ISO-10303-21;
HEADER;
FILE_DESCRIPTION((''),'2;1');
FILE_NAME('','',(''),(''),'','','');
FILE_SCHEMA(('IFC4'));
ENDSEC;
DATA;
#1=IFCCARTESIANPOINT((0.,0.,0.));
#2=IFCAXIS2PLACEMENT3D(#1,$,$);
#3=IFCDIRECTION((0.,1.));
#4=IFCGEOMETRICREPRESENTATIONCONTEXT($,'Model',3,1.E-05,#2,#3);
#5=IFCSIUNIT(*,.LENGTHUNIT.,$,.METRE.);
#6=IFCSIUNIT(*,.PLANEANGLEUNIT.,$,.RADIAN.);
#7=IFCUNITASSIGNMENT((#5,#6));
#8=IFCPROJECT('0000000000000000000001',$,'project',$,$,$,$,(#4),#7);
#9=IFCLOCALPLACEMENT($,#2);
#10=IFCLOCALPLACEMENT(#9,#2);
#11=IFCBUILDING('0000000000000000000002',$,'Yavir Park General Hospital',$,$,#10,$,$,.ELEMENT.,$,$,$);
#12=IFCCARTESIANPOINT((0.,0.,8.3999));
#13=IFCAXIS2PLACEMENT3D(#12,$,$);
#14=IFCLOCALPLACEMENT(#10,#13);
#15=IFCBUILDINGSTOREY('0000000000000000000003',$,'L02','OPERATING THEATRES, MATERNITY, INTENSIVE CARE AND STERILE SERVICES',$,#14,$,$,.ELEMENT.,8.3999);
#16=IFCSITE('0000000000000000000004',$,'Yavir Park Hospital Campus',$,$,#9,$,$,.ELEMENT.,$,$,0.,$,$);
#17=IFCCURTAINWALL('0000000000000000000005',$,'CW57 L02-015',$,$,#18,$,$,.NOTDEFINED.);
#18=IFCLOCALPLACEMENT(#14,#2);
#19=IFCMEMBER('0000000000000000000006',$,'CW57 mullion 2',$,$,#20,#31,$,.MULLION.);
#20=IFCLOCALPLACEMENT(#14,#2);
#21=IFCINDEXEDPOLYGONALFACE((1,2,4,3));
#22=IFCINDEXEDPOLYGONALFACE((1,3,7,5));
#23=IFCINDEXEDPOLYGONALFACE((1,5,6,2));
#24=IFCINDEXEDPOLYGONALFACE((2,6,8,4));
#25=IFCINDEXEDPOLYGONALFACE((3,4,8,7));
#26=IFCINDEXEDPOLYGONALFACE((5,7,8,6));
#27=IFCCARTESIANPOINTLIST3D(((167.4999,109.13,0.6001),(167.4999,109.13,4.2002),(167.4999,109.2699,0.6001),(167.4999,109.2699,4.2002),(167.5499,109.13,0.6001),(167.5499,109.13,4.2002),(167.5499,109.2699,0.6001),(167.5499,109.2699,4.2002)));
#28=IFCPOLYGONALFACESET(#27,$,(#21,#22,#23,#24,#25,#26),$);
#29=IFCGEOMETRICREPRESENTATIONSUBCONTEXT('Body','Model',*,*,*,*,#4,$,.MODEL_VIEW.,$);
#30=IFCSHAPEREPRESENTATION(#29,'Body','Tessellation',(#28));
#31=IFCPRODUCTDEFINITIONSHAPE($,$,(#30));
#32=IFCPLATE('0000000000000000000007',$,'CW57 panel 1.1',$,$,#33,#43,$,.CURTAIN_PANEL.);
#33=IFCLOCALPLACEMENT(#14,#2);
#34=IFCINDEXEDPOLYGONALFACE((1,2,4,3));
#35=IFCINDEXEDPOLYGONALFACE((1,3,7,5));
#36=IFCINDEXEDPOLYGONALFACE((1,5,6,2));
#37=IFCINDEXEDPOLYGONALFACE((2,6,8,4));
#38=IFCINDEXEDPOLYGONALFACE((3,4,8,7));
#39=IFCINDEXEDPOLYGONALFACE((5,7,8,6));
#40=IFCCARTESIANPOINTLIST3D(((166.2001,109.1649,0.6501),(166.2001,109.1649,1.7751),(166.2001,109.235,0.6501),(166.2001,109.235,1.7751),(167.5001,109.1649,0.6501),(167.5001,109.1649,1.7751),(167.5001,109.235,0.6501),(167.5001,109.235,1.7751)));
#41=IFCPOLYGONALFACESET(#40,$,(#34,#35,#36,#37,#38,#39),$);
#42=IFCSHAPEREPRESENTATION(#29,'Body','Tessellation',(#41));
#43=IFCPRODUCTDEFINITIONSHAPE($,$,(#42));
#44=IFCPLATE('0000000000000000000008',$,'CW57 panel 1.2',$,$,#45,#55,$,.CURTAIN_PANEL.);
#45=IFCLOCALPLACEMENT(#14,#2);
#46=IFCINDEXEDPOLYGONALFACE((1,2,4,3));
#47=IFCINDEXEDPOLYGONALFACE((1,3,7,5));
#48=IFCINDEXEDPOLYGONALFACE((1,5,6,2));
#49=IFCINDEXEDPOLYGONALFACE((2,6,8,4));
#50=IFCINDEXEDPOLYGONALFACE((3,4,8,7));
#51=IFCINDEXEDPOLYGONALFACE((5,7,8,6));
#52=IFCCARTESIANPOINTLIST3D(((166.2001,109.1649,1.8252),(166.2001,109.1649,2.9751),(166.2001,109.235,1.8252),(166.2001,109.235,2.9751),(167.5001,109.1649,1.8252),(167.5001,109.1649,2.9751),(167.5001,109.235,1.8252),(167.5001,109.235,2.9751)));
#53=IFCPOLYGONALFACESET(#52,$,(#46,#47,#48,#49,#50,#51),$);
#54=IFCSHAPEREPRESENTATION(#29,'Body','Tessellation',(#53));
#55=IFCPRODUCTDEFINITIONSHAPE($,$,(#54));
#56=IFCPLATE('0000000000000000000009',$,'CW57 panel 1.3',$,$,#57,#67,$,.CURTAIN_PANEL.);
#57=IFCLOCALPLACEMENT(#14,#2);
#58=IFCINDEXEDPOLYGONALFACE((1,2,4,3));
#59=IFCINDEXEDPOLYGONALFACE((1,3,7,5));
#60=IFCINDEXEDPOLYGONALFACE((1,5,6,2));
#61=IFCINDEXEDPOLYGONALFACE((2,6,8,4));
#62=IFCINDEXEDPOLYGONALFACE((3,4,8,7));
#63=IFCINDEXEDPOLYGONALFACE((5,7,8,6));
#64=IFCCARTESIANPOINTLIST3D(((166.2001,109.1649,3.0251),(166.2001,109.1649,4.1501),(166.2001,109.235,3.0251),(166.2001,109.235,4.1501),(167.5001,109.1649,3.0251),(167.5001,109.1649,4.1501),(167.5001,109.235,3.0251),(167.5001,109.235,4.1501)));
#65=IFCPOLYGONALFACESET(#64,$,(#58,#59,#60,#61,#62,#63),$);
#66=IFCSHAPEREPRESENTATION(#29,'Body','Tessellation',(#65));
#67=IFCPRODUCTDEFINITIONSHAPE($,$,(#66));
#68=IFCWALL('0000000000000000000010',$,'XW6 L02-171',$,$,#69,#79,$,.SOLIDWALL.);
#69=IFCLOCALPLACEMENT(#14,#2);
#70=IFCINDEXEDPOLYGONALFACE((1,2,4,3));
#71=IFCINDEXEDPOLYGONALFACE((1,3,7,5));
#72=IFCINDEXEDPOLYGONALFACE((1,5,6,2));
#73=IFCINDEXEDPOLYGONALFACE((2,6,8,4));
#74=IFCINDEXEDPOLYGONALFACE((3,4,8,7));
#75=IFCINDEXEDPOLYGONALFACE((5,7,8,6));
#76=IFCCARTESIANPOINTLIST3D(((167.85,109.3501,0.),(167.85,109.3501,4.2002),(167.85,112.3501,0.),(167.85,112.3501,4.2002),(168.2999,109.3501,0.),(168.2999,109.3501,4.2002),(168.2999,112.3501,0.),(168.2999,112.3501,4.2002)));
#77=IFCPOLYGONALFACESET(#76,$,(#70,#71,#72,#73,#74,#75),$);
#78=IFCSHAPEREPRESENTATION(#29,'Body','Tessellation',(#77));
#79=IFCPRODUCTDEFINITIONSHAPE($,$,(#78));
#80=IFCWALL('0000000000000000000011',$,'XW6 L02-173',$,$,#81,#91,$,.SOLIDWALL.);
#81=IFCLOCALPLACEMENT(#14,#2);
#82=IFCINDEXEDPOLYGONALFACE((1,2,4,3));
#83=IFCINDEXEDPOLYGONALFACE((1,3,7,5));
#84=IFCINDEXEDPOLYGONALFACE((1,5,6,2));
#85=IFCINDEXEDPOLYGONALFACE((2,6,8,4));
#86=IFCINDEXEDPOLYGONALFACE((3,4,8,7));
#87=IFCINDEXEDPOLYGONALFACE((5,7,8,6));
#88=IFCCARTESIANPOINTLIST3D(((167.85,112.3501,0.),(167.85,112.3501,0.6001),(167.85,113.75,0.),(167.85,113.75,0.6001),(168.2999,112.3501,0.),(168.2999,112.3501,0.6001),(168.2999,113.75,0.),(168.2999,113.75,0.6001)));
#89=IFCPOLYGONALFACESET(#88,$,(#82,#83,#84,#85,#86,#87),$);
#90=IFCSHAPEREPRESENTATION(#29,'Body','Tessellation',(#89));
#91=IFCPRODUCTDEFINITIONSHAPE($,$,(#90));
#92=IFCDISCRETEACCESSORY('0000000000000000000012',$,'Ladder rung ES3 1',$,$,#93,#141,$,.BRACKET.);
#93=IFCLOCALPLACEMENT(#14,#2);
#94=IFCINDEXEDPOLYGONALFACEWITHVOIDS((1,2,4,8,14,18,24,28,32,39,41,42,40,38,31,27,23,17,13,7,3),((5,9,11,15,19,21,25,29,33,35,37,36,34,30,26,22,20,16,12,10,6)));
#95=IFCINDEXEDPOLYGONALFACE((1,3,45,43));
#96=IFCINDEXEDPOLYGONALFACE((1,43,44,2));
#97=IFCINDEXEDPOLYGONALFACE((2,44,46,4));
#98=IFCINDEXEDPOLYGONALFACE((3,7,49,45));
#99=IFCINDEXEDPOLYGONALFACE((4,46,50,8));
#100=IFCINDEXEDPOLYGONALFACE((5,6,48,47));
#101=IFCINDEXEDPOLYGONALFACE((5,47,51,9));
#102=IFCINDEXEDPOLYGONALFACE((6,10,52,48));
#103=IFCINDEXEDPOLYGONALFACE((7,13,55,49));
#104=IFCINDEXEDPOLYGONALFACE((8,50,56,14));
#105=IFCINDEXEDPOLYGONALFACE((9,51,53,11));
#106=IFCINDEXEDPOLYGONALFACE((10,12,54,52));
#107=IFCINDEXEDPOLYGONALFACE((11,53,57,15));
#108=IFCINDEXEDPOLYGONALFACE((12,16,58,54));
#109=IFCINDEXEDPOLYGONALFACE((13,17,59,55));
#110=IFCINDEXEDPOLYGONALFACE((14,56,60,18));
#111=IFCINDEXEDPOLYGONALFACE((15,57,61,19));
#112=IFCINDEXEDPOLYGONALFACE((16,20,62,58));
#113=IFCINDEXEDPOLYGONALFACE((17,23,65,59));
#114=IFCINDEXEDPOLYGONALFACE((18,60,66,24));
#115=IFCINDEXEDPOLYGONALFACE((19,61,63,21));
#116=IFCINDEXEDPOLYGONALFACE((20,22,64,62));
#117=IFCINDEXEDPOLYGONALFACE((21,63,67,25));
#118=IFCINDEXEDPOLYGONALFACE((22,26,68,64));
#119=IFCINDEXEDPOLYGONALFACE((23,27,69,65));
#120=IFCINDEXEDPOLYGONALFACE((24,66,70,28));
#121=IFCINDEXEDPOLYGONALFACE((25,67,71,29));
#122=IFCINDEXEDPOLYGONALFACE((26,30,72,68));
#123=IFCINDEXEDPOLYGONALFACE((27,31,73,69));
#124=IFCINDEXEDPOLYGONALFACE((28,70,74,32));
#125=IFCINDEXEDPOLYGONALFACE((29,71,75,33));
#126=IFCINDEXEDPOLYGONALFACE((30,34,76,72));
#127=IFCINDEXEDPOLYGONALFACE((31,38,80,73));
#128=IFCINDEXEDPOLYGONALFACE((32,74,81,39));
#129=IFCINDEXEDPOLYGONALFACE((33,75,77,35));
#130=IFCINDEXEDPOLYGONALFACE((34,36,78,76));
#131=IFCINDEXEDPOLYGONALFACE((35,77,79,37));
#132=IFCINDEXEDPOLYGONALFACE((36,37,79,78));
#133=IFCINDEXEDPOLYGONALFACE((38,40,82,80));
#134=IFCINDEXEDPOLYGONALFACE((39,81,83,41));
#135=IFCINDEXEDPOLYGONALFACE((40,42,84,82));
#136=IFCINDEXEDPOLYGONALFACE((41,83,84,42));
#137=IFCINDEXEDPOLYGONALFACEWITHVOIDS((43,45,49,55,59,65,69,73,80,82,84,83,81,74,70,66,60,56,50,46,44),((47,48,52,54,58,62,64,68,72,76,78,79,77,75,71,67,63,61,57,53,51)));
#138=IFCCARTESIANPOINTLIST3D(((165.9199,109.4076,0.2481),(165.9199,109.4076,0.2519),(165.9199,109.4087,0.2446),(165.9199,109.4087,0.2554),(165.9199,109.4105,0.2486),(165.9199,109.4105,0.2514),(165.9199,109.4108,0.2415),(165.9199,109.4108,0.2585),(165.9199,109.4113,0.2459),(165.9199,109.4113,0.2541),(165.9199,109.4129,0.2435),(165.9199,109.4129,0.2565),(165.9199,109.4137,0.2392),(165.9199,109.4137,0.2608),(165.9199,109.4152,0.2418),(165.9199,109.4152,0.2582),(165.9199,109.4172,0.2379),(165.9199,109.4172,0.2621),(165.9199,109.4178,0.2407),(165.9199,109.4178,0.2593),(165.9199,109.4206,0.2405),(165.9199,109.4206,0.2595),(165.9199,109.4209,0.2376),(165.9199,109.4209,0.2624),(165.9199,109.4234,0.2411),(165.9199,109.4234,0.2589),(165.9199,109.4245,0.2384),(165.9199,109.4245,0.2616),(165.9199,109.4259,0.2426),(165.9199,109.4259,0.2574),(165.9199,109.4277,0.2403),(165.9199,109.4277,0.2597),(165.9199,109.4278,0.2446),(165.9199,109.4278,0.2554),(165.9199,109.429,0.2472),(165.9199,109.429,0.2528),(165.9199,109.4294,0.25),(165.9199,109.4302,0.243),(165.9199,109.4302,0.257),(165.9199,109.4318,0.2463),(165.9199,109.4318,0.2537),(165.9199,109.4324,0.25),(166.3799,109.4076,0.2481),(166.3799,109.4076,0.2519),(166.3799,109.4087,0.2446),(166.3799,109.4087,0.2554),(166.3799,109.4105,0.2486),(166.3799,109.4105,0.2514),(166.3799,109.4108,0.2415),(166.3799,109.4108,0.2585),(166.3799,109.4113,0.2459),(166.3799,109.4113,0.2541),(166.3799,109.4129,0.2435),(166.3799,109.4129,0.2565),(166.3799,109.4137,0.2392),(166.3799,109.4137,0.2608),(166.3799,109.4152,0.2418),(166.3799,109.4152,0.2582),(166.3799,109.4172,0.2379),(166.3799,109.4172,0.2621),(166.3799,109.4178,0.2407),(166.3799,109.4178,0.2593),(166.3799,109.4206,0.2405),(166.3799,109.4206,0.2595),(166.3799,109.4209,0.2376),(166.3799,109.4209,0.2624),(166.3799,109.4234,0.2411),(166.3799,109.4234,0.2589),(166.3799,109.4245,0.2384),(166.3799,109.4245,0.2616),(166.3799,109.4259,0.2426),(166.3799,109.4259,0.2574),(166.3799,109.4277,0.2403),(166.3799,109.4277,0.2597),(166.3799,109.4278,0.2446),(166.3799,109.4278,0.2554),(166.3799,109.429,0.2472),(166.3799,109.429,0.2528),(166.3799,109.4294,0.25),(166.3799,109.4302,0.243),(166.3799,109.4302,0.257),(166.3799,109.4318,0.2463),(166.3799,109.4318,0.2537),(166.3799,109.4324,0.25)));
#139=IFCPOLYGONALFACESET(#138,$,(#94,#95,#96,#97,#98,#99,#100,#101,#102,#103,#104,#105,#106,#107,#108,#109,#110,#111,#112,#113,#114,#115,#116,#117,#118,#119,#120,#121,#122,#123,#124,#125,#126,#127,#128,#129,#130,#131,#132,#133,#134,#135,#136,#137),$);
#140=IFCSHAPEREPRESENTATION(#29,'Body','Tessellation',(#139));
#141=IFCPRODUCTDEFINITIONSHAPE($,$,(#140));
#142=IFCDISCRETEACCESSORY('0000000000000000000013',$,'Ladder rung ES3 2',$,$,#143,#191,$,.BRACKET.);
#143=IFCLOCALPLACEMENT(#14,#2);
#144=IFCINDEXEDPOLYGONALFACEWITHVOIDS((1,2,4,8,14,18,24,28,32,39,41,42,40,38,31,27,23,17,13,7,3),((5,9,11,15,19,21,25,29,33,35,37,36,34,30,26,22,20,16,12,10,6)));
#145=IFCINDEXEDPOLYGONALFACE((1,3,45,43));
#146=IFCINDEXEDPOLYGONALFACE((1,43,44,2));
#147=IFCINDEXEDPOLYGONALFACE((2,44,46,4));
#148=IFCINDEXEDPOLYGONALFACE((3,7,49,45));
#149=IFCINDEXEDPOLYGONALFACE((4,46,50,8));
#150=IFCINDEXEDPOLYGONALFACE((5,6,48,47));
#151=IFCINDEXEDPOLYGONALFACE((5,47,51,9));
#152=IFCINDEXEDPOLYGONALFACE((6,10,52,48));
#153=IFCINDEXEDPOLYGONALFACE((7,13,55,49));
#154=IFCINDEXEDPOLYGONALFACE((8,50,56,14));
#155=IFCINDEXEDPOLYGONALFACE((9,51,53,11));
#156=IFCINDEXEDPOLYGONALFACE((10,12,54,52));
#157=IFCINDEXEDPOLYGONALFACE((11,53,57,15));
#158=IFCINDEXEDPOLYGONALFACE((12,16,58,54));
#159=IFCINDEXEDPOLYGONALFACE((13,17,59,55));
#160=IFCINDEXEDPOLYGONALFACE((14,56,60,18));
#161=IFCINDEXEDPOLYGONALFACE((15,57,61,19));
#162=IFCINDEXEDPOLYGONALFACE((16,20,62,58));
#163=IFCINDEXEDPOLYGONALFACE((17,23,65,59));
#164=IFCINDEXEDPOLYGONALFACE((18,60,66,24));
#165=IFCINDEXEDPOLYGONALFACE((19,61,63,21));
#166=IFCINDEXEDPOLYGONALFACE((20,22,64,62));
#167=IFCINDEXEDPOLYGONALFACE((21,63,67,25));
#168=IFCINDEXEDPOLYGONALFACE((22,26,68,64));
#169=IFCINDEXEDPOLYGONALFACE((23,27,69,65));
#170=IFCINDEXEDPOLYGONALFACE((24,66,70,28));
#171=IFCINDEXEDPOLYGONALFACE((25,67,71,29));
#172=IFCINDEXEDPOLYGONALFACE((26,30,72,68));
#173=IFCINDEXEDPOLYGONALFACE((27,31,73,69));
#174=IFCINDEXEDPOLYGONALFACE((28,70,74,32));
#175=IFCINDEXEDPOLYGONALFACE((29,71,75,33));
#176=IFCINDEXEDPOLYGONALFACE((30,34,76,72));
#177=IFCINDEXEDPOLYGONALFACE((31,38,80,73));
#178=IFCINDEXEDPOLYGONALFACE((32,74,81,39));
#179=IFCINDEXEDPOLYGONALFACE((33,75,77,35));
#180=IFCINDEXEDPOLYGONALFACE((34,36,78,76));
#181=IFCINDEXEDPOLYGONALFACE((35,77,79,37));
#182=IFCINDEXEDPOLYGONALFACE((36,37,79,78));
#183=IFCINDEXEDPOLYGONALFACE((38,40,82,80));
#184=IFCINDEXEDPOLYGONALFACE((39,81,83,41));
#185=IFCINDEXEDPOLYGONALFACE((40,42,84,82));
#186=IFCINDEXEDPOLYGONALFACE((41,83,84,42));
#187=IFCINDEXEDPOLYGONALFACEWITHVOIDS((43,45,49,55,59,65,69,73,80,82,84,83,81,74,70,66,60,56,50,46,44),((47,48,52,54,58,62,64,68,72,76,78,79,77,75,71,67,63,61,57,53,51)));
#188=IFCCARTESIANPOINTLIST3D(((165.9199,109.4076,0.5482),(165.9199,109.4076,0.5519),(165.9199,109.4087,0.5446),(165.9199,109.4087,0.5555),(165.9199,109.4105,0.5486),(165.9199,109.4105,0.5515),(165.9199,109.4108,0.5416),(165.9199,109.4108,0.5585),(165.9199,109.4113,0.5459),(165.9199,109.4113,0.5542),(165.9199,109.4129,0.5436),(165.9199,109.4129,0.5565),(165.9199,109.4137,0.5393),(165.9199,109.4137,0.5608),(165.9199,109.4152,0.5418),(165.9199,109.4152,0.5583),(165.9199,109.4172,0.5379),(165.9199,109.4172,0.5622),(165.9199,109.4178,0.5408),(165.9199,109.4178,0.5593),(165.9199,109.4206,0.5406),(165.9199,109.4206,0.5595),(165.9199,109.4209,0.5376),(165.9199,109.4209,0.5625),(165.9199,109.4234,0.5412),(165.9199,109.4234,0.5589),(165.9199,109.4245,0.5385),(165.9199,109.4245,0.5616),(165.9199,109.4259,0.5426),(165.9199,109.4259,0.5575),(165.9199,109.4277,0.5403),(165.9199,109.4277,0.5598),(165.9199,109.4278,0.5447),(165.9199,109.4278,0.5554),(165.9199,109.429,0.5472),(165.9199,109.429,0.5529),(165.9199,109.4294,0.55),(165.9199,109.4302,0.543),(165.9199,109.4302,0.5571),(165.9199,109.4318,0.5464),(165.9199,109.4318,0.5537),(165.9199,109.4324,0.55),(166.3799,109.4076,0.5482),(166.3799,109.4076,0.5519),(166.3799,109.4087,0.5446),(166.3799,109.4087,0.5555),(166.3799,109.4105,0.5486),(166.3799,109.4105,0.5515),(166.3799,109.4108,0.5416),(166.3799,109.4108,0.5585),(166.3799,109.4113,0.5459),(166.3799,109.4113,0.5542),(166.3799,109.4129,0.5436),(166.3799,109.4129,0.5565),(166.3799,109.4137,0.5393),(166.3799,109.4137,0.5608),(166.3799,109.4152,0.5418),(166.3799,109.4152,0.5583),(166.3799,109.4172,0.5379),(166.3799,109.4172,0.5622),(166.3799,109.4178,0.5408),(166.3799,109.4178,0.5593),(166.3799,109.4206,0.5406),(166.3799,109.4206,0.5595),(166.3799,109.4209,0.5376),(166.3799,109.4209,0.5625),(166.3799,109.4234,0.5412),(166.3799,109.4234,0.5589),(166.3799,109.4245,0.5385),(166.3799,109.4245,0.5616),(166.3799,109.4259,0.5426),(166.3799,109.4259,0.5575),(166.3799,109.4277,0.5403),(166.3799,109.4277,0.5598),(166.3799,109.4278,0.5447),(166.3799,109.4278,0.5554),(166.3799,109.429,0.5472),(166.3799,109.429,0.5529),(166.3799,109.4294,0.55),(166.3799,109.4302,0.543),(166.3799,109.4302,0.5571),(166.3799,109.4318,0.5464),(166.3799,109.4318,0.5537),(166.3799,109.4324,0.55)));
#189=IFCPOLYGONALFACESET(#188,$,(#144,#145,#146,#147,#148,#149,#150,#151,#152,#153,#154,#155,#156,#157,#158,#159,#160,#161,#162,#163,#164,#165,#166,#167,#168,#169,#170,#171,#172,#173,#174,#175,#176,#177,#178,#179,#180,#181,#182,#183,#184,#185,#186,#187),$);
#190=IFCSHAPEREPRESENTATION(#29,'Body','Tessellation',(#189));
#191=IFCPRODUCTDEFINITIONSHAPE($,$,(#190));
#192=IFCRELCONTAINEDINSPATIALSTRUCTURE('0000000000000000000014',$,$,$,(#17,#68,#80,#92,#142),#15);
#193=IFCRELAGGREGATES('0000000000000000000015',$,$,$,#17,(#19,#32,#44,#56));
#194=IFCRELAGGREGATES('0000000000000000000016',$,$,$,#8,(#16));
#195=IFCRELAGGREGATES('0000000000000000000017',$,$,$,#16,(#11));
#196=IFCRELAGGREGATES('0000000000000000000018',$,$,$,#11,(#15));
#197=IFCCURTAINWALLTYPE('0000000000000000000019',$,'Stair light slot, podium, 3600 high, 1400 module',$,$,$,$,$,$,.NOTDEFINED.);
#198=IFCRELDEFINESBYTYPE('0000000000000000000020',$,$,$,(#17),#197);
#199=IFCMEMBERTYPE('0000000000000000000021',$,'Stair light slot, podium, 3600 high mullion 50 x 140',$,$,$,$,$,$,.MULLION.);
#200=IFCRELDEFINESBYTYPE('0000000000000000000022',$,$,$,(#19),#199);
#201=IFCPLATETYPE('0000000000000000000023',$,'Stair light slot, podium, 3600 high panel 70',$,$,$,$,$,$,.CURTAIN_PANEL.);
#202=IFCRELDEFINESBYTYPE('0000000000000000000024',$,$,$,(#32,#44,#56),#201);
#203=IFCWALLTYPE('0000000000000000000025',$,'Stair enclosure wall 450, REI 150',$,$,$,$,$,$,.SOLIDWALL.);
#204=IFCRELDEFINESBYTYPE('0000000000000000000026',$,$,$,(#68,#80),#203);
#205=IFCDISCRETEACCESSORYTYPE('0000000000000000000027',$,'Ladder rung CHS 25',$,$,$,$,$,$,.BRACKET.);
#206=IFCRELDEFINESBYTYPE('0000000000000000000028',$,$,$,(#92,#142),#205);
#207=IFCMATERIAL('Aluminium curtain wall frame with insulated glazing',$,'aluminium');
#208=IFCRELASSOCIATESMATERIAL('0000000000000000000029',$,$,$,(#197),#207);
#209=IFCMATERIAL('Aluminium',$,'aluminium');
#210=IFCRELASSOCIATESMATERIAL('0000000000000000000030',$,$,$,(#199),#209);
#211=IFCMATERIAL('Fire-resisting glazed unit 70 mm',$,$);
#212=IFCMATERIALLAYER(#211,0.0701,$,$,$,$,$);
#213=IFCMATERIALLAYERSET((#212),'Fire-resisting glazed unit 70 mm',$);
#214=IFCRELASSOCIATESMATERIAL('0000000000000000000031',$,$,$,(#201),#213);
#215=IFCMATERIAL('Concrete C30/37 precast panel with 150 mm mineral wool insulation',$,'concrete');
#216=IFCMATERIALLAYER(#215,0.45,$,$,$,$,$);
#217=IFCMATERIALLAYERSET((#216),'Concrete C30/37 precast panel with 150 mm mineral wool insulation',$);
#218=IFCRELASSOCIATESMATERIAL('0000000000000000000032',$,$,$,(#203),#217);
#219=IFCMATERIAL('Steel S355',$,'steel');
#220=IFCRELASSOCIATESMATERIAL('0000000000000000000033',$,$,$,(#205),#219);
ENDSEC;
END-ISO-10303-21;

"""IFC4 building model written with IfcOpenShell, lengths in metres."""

from ifc_helpers import new_model, si_unit, direction, frame, frame_2d, origin, origin_2d, place, context, subcontext, project, spatial, rectangle, hollow_circle, extrude, material, layer, layer_set, material_profile, profile_set, type_object, element, aggregate, save


model = new_model("IFC4")

# Units and contexts
model_context = context("Model", 3, precision=1e-05, world=origin(), true_north=direction((0.0, 1.0)))
body_context = subcontext(model_context, "Body", "Model", "MODEL_VIEW")
ifc_project = project(units=[si_unit("LENGTHUNIT", "METRE"), si_unit("PLANEANGLEUNIT", "RADIAN")], contexts=[model_context])

# Site, building, storey
site_placement = place(None, origin())
site = spatial("IfcSite", under=ifc_project, at=site_placement, Name="Yavir Park Hospital Campus", CompositionType="ELEMENT", RefElevation=0.0)
building_placement = place(site_placement, origin())
building = spatial("IfcBuilding", under=site, at=building_placement, Name="Yavir Park General Hospital", CompositionType="ELEMENT")
storey_placement = place(building_placement, frame((0.0, 0.0, 8.3999)))
storey = spatial("IfcBuildingStorey", under=building, at=storey_placement, Name="L02", Description="OPERATING THEATRES, MATERNITY, INTENSIVE CARE AND STERILE SERVICES", CompositionType="ELEMENT", Elevation=8.3999)

# Curtain wall, member, plates
ifc_material_1 = material(Name="Aluminium curtain wall frame with insulated glazing", Category="aluminium")
curtain_wall_type = type_object("IfcCurtainWallType", Name="Stair light slot, podium, 3600 high, 1400 module", PredefinedType="NOTDEFINED", material=ifc_material_1)
curtain_wall_placement = place(storey_placement, origin())
curtain_wall = element("IfcCurtainWall", 1, at=curtain_wall_placement, inside=storey, type_object=curtain_wall_type, Name="CW57 L02-015", PredefinedType="NOTDEFINED")
ifc_material_2 = material(Name="Aluminium", Category="aluminium")
ifc_material_profile_1 = material_profile(ifc_material_2, rectangle(XDim=0.1399, YDim=0.05, at=origin_2d()), Name="AL 50x140")
ifc_profile_set_1 = profile_set([ifc_material_profile_1], Name="Aluminium")
member_type = type_object("IfcMemberType", Name="Stair light slot, podium, 3600 high mullion 50 x 140", PredefinedType="MULLION", material=ifc_profile_set_1)
member_placement = place(storey_placement, frame((167.5249, 109.2, 0.6001), z_axis=(0.0, 0.0, 1.0), x_axis=(0.0, 1.0, 0.0)))
member = element("IfcMember", 2, at=member_placement, type_object=member_type, Name="CW57 mullion 2", PredefinedType="MULLION", context=body_context, shape_type="SweptSolid", body=[
    extrude(rectangle(XDim=0.1399, YDim=0.05, at=origin_2d()), origin(), (0.0, 0.0, 1.0), 3.6001),
])
ifc_material_3 = material(Name="Fire-resisting glazed unit 70 mm")
ifc_layer_1 = layer(ifc_material_3, 0.0701)
ifc_layer_set_1 = layer_set([ifc_layer_1], Name="Fire-resisting glazed unit 70 mm")
plate_type = type_object("IfcPlateType", Name="Stair light slot, podium, 3600 high panel 70", PredefinedType="CURTAIN_PANEL", material=ifc_layer_set_1)
plate_1_placement = place(storey_placement, frame((166.8501, 109.2, 0.6501), z_axis=(0.0, 0.0, 1.0), x_axis=(1.0, 0.0, 0.0)))
plate_1 = element("IfcPlate", 3, at=plate_1_placement, type_object=plate_type, Name="CW57 panel 1.1", PredefinedType="CURTAIN_PANEL", context=body_context, shape_type="SweptSolid", body=[
    extrude(rectangle(XDim=1.3, YDim=0.0701, at=origin_2d()), origin(), (0.0, 0.0, 1.0), 1.125),
])
plate_2_placement = place(storey_placement, frame((166.8501, 109.2, 1.8252), z_axis=(0.0, 0.0, 1.0), x_axis=(1.0, 0.0, 0.0)))
plate_2 = element("IfcPlate", 4, at=plate_2_placement, type_object=plate_type, Name="CW57 panel 1.2", PredefinedType="CURTAIN_PANEL", context=body_context, shape_type="SweptSolid", body=[
    extrude(rectangle(XDim=1.3, YDim=0.0701, at=origin_2d()), origin(), (0.0, 0.0, 1.0), 1.1499),
])
plate_3_placement = place(storey_placement, frame((166.8501, 109.2, 3.0251), z_axis=(0.0, 0.0, 1.0), x_axis=(1.0, 0.0, 0.0)))
plate_3 = element("IfcPlate", 5, at=plate_3_placement, type_object=plate_type, Name="CW57 panel 1.3", PredefinedType="CURTAIN_PANEL", context=body_context, shape_type="SweptSolid", body=[
    extrude(rectangle(XDim=1.3, YDim=0.0701, at=origin_2d()), origin(), (0.0, 0.0, 1.0), 1.125),
])
aggregate(curtain_wall, [member, plate_1, plate_2, plate_3])

# Walls
ifc_material_4 = material(Name="Concrete C30/37 precast panel with 150 mm mineral wool insulation", Category="concrete")
ifc_layer_2 = layer(ifc_material_4, 0.45)
ifc_layer_set_2 = layer_set([ifc_layer_2], Name="Concrete C30/37 precast panel with 150 mm mineral wool insulation")
wall_type = type_object("IfcWallType", Name="Stair enclosure wall 450, REI 150", PredefinedType="SOLIDWALL", material=ifc_layer_set_2)
wall_1_placement = place(storey_placement, frame((168.075, 109.3501, 0.0), z_axis=(0.0, 0.0, 1.0), x_axis=(0.0, 1.0, 0.0)))
element("IfcWall", 6, at=wall_1_placement, inside=storey, type_object=wall_type, Name="XW6 L02-171", PredefinedType="SOLIDWALL", context=body_context, shape_type="SweptSolid", body=[
    extrude(rectangle(XDim=3.0, YDim=0.45, at=frame_2d((1.5, 0.0))), origin(), (0.0, 0.0, 1.0), 4.2002),
])
wall_2_placement = place(storey_placement, frame((168.075, 112.3501, 0.0), z_axis=(0.0, 0.0, 1.0), x_axis=(0.0, 1.0, 0.0)))
element("IfcWall", 7, at=wall_2_placement, inside=storey, type_object=wall_type, Name="XW6 L02-173", PredefinedType="SOLIDWALL", context=body_context, shape_type="SweptSolid", body=[
    extrude(rectangle(XDim=1.3999, YDim=0.45, at=frame_2d((0.7, 0.0))), origin(), (0.0, 0.0, 1.0), 0.6001),
])

# Discrete accessories
ifc_material_5 = material(Name="Steel S355", Category="steel")
ifc_material_profile_2 = material_profile(ifc_material_5, hollow_circle(Radius=0.0125, WallThickness=0.0029, at=origin_2d()), Name="CHS25x3")
ifc_profile_set_2 = profile_set([ifc_material_profile_2], Name="Steel S355")
discrete_accessory_type_1 = type_object("IfcDiscreteAccessoryType", Name="Ladder rung CHS 25", PredefinedType="BRACKET", material=ifc_profile_set_2)
for number, where, z_axis, x_axis, name in (
    (8, (165.9199, 109.4199, 0.25), (1.0, 0.0, 0.0), (0.0, 1.0, 0.0), "Ladder rung ES3 1"),
    (9, (165.9199, 109.4199, 0.55), (1.0, 0.0, 0.0), (0.0, 1.0, 0.0), "Ladder rung ES3 2"),
):
    element("IfcDiscreteAccessory", number, at=place(storey_placement, frame(where, z_axis=z_axis, x_axis=x_axis)), inside=storey, type_object=discrete_accessory_type_1, Name=name, PredefinedType="BRACKET", context=body_context, shape_type="SweptSolid", body=[
        extrude(hollow_circle(Radius=0.0125, WallThickness=0.0029, at=origin_2d()), origin(), (0.0, 0.0, 1.0), 0.46),
    ])

save(model, "model.ifc")
